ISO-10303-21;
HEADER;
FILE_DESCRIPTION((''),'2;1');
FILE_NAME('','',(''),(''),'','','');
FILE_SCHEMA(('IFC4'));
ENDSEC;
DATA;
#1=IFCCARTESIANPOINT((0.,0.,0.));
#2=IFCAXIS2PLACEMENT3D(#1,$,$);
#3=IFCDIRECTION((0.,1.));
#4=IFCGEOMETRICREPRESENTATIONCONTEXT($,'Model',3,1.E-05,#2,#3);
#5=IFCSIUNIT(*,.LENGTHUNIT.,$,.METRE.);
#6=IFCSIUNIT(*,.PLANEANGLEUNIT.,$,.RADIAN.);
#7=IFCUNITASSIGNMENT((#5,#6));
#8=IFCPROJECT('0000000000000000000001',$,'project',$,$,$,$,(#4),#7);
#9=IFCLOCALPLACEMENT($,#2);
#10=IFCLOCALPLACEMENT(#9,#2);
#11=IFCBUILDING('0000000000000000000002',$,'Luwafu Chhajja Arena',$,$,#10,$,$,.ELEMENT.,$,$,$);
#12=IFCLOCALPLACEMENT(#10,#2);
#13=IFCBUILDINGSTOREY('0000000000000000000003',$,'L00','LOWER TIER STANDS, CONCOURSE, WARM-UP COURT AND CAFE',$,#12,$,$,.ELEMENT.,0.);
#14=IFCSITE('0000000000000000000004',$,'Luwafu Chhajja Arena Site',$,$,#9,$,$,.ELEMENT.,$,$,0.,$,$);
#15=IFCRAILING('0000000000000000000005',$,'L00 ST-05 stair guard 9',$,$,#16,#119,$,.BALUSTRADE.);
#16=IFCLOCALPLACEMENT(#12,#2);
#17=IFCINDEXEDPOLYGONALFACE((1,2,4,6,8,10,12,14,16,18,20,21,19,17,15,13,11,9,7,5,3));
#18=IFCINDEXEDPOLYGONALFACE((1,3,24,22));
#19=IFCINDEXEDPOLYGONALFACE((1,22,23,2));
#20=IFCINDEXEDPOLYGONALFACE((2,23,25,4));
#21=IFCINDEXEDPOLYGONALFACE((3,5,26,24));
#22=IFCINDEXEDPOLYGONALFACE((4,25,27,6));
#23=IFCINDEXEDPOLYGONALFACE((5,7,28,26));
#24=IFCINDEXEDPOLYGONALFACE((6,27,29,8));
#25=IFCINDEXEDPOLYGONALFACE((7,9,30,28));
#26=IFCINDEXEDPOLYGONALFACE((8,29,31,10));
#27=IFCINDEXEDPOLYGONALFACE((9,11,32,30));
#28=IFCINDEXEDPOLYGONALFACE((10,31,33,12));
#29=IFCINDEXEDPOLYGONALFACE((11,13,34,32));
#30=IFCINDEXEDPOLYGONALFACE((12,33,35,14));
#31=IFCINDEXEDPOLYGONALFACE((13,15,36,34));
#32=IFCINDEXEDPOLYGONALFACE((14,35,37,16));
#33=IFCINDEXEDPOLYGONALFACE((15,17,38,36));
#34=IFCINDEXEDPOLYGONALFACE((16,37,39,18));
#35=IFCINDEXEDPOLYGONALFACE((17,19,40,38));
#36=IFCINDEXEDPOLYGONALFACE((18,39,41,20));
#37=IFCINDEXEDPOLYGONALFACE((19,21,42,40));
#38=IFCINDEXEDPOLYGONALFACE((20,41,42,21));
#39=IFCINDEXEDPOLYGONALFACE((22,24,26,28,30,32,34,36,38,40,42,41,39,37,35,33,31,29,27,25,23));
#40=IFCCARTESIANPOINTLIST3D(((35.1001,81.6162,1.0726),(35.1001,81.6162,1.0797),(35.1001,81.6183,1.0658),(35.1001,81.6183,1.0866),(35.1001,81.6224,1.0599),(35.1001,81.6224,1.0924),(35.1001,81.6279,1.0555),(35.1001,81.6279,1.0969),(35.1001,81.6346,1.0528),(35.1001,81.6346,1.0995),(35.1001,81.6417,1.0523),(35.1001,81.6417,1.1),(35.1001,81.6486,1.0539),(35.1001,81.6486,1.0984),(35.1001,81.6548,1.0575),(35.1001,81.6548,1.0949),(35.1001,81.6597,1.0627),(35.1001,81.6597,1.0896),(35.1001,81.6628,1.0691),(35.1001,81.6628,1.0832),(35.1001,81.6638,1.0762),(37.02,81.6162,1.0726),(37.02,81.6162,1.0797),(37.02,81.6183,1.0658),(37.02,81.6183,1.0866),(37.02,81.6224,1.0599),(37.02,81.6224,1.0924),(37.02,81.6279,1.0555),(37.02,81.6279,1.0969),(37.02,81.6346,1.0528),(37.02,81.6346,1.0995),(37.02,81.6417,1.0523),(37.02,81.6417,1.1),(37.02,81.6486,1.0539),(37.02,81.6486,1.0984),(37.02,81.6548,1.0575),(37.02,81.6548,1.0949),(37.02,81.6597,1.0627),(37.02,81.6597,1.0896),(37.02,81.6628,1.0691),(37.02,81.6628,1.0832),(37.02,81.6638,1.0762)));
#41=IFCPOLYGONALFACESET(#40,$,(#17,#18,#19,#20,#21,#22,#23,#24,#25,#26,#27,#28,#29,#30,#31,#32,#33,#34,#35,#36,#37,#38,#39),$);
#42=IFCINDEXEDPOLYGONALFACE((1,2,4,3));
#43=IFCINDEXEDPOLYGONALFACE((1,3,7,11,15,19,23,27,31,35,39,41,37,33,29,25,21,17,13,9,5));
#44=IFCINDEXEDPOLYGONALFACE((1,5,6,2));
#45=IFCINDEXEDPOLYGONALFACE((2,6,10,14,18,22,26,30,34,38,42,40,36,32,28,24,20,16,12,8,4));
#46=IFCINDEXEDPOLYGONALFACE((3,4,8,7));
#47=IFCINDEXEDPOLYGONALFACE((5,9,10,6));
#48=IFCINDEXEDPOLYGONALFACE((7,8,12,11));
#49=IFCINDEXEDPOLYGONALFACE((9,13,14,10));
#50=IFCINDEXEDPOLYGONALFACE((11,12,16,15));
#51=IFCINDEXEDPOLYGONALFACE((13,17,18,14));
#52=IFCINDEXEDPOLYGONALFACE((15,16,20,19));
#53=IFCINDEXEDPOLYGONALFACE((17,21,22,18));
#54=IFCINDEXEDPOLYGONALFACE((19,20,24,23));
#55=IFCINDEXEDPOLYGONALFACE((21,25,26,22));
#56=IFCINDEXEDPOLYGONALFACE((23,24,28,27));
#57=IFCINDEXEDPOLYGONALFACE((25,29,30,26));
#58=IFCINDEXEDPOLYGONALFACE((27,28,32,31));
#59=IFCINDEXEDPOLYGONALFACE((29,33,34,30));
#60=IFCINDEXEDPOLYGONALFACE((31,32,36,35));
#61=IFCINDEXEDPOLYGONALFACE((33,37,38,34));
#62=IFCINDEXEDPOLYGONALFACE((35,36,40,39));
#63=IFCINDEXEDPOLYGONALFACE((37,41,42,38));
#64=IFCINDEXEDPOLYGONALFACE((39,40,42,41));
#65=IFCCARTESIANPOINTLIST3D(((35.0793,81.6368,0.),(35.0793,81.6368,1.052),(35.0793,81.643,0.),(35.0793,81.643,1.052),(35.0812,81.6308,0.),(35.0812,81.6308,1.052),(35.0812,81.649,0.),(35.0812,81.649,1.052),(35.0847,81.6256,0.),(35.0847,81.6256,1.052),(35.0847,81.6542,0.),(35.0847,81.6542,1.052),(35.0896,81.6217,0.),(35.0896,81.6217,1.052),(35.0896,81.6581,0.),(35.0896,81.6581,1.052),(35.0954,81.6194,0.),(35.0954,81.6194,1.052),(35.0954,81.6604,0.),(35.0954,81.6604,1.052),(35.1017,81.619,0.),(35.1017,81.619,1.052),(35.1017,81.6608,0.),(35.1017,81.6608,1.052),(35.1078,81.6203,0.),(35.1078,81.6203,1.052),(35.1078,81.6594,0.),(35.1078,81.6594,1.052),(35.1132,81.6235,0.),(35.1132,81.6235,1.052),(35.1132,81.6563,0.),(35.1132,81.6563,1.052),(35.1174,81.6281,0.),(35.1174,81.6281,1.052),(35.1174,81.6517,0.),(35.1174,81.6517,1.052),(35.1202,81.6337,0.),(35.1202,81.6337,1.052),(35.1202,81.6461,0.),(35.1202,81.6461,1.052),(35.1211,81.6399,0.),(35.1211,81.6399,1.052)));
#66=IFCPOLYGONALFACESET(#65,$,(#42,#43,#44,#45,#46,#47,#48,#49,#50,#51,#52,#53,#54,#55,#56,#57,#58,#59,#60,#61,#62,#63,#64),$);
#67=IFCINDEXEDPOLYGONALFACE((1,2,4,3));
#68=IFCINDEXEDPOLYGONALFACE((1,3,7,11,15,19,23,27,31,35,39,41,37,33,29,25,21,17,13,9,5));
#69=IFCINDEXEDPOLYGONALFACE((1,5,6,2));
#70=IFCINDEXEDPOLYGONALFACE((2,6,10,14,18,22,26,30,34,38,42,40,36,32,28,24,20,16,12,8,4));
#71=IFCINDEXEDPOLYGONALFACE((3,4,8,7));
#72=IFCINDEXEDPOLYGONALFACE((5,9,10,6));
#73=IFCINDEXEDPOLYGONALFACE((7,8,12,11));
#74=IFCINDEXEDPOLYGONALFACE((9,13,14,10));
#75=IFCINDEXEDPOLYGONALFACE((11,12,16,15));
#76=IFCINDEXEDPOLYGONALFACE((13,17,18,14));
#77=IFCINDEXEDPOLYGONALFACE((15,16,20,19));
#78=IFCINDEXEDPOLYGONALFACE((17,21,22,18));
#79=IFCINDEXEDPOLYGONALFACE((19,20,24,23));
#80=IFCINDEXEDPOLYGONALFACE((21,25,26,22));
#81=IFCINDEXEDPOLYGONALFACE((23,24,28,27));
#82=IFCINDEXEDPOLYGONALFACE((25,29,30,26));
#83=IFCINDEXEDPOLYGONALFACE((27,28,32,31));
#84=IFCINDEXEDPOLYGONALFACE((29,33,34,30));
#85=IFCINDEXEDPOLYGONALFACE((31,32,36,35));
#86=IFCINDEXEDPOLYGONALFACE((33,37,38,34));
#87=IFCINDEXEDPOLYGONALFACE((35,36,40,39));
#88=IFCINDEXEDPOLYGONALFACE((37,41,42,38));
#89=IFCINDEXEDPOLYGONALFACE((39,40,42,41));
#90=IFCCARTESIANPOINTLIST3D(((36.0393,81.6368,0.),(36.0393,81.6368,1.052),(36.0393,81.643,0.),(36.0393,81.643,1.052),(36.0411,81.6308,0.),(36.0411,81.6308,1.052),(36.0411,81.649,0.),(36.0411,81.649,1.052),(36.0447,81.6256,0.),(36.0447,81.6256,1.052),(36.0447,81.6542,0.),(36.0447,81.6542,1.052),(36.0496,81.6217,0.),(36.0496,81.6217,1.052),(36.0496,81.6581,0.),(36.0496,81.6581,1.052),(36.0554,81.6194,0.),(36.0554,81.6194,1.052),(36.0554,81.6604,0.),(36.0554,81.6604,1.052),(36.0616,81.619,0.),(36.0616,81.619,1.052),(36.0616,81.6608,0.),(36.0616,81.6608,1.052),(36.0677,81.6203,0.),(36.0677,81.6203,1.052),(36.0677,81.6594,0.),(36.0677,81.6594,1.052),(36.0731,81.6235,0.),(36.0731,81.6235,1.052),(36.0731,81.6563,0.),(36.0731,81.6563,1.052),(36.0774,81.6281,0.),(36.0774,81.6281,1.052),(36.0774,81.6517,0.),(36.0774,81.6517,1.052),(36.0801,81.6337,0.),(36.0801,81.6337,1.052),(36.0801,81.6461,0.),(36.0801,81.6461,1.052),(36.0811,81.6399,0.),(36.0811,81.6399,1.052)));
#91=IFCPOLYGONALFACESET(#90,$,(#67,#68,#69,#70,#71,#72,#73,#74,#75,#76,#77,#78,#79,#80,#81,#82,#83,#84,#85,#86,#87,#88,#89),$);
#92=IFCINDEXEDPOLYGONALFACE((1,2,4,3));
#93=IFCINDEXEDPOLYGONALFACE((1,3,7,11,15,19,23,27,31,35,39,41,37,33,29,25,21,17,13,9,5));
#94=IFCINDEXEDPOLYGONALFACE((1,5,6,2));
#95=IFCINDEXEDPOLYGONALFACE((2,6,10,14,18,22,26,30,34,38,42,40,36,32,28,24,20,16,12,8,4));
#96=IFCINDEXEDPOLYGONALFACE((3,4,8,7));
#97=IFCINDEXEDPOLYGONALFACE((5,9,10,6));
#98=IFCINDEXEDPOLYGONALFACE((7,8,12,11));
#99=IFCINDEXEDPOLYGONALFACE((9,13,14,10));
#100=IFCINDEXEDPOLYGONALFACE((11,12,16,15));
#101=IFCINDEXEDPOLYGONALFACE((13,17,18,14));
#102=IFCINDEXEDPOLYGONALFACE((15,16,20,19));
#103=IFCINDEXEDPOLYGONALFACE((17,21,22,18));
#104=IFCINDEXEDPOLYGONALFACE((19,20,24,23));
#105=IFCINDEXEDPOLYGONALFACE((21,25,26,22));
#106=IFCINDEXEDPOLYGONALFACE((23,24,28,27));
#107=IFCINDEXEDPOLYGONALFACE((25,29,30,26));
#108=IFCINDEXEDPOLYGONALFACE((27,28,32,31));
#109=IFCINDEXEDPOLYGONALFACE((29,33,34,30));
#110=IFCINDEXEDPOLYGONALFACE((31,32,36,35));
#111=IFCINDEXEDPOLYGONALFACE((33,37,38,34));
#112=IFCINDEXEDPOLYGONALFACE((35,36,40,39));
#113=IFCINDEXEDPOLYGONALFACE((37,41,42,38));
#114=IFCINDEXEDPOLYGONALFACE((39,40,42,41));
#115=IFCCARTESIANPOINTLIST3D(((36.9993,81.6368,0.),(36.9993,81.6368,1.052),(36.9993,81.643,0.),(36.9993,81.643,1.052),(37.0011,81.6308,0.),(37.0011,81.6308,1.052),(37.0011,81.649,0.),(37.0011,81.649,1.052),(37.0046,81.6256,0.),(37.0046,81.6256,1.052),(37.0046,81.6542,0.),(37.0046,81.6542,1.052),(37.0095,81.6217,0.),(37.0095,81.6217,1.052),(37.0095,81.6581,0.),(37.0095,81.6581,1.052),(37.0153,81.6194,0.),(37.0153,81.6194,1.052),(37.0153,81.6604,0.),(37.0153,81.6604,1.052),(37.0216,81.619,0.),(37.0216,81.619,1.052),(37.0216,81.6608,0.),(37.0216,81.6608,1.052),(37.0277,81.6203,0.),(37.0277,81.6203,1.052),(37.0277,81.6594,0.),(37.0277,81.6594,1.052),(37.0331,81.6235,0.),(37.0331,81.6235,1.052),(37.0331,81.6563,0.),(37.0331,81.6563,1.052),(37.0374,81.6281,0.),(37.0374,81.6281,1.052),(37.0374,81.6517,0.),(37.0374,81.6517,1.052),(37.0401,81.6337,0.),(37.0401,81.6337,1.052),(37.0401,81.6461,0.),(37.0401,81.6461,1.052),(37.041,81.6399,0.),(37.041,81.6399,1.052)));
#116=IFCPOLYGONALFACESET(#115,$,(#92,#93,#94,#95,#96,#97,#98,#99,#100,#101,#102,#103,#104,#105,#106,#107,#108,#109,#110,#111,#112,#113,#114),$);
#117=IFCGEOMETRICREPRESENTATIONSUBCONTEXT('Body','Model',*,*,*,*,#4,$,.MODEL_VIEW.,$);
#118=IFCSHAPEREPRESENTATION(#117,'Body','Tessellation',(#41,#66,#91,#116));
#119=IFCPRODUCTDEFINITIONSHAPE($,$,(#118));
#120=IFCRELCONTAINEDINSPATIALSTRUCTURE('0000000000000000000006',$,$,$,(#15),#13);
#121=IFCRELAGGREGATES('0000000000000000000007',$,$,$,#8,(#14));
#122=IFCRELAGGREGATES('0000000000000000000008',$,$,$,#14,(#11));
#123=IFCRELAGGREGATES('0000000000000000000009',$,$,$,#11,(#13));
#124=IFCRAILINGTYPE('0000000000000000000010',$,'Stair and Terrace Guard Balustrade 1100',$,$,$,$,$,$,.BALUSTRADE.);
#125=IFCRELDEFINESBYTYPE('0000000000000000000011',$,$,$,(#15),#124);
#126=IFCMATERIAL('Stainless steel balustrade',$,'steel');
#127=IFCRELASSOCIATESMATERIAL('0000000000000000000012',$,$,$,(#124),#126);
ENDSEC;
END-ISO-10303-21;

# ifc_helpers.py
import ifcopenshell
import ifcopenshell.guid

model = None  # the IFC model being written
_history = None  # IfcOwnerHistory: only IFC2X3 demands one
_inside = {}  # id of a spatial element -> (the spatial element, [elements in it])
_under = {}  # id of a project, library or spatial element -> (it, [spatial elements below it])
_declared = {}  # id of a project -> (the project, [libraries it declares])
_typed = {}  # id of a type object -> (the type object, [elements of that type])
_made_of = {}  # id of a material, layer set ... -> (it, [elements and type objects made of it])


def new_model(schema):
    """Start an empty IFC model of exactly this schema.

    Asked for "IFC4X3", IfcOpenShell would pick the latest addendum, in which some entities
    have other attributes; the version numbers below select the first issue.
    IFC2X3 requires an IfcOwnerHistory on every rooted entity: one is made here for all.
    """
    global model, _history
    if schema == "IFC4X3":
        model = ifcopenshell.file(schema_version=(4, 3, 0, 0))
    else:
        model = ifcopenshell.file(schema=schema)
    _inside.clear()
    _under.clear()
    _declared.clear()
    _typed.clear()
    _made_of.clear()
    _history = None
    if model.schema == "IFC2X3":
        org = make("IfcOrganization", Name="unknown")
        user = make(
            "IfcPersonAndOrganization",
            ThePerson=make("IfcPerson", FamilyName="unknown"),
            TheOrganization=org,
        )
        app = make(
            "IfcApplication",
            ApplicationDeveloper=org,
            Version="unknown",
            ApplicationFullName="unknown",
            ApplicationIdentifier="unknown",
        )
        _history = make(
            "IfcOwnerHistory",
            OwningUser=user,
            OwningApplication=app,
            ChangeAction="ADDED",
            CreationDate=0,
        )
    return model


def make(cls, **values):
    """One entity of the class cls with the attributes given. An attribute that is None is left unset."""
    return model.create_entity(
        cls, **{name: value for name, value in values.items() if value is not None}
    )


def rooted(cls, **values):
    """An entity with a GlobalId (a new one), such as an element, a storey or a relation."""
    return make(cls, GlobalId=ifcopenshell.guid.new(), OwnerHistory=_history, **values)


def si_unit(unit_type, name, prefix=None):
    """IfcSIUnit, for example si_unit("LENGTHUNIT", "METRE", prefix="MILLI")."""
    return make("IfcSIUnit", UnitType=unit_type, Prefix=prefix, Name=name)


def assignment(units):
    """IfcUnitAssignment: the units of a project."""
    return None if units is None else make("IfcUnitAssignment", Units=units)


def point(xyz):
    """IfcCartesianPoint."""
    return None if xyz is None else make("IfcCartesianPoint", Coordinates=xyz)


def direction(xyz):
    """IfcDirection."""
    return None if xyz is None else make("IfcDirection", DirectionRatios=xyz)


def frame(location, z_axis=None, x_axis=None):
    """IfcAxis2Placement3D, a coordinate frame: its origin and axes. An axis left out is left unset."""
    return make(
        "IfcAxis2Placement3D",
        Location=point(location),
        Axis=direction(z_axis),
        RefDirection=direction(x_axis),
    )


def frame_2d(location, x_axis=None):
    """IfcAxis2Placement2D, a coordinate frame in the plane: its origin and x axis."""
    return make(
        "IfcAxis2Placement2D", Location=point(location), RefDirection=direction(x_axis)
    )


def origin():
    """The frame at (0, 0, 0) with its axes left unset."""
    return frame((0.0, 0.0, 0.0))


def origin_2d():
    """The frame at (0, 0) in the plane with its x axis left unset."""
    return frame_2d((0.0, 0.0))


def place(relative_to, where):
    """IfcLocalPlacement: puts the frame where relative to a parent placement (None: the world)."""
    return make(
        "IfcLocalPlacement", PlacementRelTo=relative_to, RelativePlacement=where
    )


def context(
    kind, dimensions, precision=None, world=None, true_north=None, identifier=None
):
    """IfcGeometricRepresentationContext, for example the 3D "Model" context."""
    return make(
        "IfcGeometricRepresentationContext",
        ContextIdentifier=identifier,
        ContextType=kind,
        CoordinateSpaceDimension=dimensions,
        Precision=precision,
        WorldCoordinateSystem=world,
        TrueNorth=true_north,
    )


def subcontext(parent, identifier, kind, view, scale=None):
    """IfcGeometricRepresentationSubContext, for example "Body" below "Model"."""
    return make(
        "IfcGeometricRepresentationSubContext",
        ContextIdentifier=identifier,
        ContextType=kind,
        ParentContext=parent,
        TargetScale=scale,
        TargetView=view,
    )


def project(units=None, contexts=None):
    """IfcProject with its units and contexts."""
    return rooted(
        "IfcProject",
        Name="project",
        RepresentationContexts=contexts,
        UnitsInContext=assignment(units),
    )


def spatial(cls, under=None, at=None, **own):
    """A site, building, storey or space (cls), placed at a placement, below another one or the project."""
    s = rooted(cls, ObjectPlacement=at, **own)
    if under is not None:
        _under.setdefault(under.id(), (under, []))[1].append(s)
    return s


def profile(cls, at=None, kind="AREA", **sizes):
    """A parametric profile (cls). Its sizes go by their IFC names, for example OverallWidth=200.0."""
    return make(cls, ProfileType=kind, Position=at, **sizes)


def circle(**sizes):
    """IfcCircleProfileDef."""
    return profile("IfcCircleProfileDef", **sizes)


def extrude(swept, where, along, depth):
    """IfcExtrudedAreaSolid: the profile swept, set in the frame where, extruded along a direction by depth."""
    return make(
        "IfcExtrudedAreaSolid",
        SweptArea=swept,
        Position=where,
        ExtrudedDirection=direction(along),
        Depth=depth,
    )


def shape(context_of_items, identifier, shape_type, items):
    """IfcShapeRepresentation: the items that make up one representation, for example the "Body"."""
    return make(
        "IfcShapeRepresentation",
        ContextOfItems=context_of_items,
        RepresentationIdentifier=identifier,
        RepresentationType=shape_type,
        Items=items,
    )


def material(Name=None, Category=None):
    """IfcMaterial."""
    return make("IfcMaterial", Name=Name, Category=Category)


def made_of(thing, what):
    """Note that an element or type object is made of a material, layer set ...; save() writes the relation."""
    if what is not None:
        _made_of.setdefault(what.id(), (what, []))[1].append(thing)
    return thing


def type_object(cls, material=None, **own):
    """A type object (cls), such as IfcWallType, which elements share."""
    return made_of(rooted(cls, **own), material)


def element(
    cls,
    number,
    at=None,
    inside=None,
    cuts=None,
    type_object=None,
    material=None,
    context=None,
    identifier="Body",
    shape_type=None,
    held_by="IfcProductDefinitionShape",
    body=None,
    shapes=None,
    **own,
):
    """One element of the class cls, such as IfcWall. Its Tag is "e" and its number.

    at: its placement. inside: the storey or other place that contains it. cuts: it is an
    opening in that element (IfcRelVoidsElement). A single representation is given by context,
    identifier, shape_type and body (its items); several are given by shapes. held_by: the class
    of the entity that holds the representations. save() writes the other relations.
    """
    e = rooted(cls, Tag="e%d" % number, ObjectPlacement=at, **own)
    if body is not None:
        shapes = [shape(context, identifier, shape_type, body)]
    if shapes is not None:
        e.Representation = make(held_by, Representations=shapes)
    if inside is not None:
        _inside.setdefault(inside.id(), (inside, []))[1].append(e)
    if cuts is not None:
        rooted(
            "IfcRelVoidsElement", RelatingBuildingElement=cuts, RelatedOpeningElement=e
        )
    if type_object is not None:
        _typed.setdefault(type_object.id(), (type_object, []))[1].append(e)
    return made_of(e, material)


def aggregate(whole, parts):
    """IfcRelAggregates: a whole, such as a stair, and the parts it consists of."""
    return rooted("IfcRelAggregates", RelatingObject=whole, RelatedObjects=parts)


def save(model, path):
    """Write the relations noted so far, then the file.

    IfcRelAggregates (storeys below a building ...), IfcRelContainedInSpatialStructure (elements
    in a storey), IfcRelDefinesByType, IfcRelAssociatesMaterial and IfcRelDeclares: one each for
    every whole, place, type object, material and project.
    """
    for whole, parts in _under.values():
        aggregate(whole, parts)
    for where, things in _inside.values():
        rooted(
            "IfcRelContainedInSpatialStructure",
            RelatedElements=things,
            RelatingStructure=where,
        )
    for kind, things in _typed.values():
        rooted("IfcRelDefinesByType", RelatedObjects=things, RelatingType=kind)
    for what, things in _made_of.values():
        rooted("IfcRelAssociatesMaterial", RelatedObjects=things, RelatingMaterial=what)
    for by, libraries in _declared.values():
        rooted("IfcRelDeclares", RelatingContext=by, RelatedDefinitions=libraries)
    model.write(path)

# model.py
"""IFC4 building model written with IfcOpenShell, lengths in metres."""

from ifc_helpers import new_model, si_unit, direction, frame, origin, origin_2d, place, context, subcontext, project, spatial, circle, extrude, material, type_object, element, save


model = new_model("IFC4")

# Units and contexts
model_context = context("Model", 3, precision=1e-05, world=origin(), true_north=direction((0.0, 1.0)))
body_context = subcontext(model_context, "Body", "Model", "MODEL_VIEW")
ifc_project = project(units=[si_unit("LENGTHUNIT", "METRE"), si_unit("PLANEANGLEUNIT", "RADIAN")], contexts=[model_context])

# Site, building, storey
site_placement = place(None, origin())
site = spatial("IfcSite", under=ifc_project, at=site_placement, Name="Luwafu Chhajja Arena Site", CompositionType="ELEMENT", RefElevation=0.0)
building_placement = place(site_placement, origin())
building = spatial("IfcBuilding", under=site, at=building_placement, Name="Luwafu Chhajja Arena", CompositionType="ELEMENT")
storey_placement = place(building_placement, origin())
storey = spatial("IfcBuildingStorey", under=building, at=storey_placement, Name="L00", Description="LOWER TIER STANDS, CONCOURSE, WARM-UP COURT AND CAFE", CompositionType="ELEMENT", Elevation=0.0)

# Railing
ifc_material_1 = material(Name="Stainless steel balustrade", Category="steel")
railing_type_1 = type_object("IfcRailingType", Name="Stair and Terrace Guard Balustrade 1100", PredefinedType="BALUSTRADE", material=ifc_material_1)
for number, where, name in (
    (1, (35.1001, 81.6399, 0.0), "L00 ST-05 stair guard 9"),
):
    element("IfcRailing", number, at=place(storey_placement, frame(where)), inside=storey, type_object=railing_type_1, Name=name, PredefinedType="BALUSTRADE", context=body_context, shape_type="SweptSolid", body=[
        extrude(circle(Radius=0.0239, at=origin_2d()), frame((0.0, 0.0, 1.0762), z_axis=(1.0, 0.0, 0.0), x_axis=(0.0, 1.0, 0.0)), (0.0, 0.0, 1.0), 1.9199),
        extrude(circle(Radius=0.021, at=origin_2d()), origin(), (0.0, 0.0, 1.0), 1.052),
        extrude(circle(Radius=0.021, at=origin_2d()), frame((0.96, 0.0, 0.0)), (0.0, 0.0, 1.0), 1.052),
        extrude(circle(Radius=0.021, at=origin_2d()), frame((1.9199, 0.0, 0.0)), (0.0, 0.0, 1.0), 1.052),
    ])

save(model, "model.ifc")
